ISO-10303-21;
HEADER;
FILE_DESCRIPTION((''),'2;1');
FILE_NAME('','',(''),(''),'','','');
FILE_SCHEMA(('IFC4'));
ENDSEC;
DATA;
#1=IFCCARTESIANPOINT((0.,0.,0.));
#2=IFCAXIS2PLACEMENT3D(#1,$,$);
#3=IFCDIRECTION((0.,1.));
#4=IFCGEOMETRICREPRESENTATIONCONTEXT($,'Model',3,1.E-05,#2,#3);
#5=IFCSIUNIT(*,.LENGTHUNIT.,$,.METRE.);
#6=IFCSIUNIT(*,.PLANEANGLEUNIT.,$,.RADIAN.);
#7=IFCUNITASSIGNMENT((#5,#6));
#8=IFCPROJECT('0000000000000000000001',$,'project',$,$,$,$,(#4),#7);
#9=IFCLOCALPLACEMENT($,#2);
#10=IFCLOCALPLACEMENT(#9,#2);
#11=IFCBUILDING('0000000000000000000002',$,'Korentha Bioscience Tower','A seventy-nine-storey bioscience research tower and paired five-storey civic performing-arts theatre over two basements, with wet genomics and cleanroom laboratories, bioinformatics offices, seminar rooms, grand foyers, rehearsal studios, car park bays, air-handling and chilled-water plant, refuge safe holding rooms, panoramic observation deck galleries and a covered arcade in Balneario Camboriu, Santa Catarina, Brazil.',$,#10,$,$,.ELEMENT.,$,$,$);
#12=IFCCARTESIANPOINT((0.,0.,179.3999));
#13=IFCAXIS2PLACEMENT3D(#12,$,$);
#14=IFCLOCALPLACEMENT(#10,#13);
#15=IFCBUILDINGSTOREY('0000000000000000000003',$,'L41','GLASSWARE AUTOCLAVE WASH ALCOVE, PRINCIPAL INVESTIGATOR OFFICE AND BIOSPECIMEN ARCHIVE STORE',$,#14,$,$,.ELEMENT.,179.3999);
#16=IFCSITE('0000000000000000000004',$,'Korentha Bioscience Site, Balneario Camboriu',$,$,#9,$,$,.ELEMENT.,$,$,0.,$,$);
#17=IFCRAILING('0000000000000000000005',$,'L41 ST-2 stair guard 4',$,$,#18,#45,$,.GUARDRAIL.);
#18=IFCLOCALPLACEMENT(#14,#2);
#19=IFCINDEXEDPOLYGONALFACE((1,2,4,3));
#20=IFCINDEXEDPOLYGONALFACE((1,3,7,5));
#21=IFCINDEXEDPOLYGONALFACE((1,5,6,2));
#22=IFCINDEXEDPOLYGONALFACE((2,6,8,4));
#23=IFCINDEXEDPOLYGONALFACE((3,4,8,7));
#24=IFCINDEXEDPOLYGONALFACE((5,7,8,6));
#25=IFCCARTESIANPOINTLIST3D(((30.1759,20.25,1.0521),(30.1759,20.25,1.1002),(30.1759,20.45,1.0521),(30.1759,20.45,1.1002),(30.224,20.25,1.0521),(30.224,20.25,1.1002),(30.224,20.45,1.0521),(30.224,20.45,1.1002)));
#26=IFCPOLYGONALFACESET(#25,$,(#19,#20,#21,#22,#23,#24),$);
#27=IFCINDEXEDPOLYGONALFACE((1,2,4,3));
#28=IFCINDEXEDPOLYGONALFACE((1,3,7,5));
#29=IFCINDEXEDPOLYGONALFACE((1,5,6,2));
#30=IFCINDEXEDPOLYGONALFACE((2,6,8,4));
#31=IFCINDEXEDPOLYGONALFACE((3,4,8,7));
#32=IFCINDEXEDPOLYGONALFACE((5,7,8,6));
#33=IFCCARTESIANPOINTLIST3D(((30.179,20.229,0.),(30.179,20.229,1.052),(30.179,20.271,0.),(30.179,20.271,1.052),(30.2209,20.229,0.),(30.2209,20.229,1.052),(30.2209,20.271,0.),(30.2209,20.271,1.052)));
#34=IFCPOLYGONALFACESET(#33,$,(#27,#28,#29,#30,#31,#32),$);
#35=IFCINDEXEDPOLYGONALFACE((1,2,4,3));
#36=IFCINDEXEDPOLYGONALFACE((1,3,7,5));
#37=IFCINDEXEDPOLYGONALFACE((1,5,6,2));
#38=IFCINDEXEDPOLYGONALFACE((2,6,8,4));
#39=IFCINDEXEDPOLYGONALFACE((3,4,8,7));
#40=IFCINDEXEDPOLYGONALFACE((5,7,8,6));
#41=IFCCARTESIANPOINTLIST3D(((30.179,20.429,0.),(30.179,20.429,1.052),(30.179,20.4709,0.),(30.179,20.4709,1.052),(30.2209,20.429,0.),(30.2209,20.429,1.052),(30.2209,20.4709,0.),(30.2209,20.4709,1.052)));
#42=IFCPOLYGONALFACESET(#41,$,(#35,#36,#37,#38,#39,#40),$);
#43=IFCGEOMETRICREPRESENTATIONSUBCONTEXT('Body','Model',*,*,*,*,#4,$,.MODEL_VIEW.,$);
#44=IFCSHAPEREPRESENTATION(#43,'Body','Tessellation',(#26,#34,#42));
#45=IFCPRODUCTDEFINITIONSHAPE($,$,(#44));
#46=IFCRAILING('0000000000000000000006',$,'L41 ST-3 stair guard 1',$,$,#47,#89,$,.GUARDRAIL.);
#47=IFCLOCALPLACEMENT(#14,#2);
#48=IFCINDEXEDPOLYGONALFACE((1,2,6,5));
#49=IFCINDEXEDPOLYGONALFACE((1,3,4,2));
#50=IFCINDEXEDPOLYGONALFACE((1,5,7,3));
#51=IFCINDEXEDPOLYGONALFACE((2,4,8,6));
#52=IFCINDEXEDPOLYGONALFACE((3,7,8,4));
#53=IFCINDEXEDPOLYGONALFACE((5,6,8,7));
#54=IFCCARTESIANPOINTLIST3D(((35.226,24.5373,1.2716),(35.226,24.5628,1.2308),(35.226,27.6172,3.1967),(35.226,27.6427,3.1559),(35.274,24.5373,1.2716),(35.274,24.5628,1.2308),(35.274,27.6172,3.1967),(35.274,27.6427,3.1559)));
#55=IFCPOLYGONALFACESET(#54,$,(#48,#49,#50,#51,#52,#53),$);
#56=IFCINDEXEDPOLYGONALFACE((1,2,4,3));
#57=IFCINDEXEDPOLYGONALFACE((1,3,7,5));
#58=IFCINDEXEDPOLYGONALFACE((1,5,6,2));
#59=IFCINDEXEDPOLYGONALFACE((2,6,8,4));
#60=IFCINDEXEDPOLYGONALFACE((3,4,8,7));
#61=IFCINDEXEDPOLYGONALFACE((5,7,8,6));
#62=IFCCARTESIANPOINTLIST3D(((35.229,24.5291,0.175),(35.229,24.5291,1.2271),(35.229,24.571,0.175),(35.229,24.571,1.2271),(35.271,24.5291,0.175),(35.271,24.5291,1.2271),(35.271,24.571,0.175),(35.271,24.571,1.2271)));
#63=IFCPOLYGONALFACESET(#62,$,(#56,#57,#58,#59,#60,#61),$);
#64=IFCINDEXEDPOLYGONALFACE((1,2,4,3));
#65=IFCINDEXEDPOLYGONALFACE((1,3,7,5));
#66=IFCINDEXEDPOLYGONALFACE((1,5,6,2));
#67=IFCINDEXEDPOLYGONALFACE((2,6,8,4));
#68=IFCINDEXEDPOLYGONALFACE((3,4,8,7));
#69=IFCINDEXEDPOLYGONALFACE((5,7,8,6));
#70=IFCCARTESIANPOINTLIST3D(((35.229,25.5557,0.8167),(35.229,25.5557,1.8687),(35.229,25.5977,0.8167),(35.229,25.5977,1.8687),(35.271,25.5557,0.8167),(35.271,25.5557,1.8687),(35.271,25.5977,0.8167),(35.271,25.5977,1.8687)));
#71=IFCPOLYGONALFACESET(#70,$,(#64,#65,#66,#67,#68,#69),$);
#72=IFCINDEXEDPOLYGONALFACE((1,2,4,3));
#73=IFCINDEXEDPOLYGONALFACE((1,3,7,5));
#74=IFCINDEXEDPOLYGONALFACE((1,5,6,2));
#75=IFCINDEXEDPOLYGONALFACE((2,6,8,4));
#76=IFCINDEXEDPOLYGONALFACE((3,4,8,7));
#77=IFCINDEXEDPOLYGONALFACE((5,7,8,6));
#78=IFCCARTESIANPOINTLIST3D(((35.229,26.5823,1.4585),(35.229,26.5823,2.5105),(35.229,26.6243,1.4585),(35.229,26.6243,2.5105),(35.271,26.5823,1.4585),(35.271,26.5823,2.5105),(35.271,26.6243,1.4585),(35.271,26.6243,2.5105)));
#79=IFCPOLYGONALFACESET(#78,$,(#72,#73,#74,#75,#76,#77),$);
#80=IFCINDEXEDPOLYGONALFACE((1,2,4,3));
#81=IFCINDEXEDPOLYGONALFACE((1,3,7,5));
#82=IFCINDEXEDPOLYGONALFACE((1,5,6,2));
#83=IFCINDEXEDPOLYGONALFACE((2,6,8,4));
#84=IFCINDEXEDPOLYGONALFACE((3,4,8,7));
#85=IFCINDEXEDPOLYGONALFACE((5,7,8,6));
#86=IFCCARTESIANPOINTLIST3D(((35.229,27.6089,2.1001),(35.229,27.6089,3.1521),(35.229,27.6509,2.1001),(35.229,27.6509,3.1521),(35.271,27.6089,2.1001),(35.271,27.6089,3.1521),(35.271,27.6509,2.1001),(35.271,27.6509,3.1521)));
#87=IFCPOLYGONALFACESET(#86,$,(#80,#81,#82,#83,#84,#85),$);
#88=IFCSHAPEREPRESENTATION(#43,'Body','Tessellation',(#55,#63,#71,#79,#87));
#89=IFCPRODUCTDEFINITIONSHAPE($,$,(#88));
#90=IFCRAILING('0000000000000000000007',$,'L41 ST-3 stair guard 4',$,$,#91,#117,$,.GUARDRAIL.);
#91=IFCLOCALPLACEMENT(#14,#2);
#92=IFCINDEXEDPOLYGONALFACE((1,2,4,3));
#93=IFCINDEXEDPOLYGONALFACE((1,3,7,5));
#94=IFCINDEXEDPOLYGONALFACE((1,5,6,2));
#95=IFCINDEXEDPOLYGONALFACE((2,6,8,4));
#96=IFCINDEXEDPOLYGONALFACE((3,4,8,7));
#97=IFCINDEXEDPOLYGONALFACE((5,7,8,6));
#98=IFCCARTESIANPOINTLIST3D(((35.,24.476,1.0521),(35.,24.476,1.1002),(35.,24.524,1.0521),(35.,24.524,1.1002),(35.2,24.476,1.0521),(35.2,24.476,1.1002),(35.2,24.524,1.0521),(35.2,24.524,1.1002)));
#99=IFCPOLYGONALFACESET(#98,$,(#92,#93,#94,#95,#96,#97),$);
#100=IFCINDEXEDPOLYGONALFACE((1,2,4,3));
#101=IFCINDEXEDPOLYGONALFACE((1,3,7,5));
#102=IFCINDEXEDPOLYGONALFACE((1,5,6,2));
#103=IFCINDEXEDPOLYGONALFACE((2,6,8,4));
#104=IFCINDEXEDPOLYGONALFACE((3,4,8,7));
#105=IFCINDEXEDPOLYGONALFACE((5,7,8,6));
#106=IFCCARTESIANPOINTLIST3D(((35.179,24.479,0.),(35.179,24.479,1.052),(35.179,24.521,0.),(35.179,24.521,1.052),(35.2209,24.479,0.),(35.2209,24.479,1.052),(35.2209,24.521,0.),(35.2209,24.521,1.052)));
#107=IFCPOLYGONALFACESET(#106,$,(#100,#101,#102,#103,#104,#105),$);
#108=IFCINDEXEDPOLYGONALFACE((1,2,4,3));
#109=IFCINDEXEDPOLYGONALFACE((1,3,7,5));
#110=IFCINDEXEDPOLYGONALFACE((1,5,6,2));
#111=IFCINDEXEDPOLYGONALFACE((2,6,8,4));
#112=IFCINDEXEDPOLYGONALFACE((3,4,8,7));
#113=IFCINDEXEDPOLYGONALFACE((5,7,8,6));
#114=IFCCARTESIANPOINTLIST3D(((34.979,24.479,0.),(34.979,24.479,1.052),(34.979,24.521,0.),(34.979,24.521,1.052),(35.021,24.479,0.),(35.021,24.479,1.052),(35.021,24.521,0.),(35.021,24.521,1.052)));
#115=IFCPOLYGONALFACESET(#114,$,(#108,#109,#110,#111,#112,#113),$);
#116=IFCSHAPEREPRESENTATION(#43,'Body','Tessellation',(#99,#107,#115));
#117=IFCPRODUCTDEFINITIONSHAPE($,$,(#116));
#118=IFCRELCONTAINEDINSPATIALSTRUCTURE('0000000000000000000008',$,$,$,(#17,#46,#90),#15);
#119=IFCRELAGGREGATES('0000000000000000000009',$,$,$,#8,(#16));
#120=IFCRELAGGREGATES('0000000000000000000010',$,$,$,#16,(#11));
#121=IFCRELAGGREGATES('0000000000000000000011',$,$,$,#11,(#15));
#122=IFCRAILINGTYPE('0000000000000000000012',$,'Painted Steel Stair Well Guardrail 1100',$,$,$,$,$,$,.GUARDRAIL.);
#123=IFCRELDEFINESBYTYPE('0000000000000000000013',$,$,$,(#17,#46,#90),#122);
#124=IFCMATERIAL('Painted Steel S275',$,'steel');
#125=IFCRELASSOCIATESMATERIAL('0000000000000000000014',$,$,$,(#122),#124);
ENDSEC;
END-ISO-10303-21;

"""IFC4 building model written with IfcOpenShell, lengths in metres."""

from ifc_helpers import new_model, si_unit, direction, frame, origin, origin_2d, place, context, subcontext, project, spatial, rectangle, extrude, material, type_object, element, save


model = new_model("IFC4")

# Units and contexts
model_context = context("Model", 3, precision=1e-05, world=origin(), true_north=direction((0.0, 1.0)))
body_context = subcontext(model_context, "Body", "Model", "MODEL_VIEW")
ifc_project = project(units=[si_unit("LENGTHUNIT", "METRE"), si_unit("PLANEANGLEUNIT", "RADIAN")], contexts=[model_context])

# Site, building, storey
site_placement = place(None, origin())
site = spatial("IfcSite", under=ifc_project, at=site_placement, Name="Korentha Bioscience Site, Balneario Camboriu", CompositionType="ELEMENT", RefElevation=0.0)
building_placement = place(site_placement, origin())
building = spatial("IfcBuilding", under=site, at=building_placement, Name="Korentha Bioscience Tower", Description="A seventy-nine-storey bioscience research tower and paired five-storey civic performing-arts theatre over two basements, with wet genomics and cleanroom laboratories, bioinformatics offices, seminar rooms, grand foyers, rehearsal studios, car park bays, air-handling and chilled-water plant, refuge safe holding rooms, panoramic observation deck galleries and a covered arcade in Balneario Camboriu, Santa Catarina, Brazil.", CompositionType="ELEMENT")
storey_placement = place(building_placement, frame((0.0, 0.0, 179.3999)))
storey = spatial("IfcBuildingStorey", under=building, at=storey_placement, Name="L41", Description="GLASSWARE AUTOCLAVE WASH ALCOVE, PRINCIPAL INVESTIGATOR OFFICE AND BIOSPECIMEN ARCHIVE STORE", CompositionType="ELEMENT", Elevation=179.3999)

# Railings
ifc_material_1 = material(Name="Painted Steel S275", Category="steel")
railing_type_1 = type_object("IfcRailingType", Name="Painted Steel Stair Well Guardrail 1100", PredefinedType="GUARDRAIL", material=ifc_material_1)
railing_1_placement = place(storey_placement, frame((30.2, 20.25, 0.0)))
element("IfcRailing", 1, at=railing_1_placement, inside=storey, type_object=railing_type_1, Name="L41 ST-2 stair guard 4", PredefinedType="GUARDRAIL", context=body_context, shape_type="SweptSolid", body=[
    extrude(rectangle(XDim=0.0481, YDim=0.0481, at=origin_2d()), frame((0.0, 0.0, 1.0762), z_axis=(0.0, 1.0, 0.0), x_axis=(-1.0, 0.0, 0.0)), (0.0, 0.0, 1.0), 0.2),
    extrude(rectangle(XDim=0.042, YDim=0.042, at=origin_2d()), origin(), (0.0, 0.0, 1.0), 1.052),
    extrude(rectangle(XDim=0.042, YDim=0.042, at=origin_2d()), frame((0.0, 0.2, 0.0)), (0.0, 0.0, 1.0), 1.052),
])
railing_2_placement = place(storey_placement, frame((35.25, 24.55, 0.175)))
element("IfcRailing", 2, at=railing_2_placement, inside=storey, type_object=railing_type_1, Name="L41 ST-3 stair guard 1", PredefinedType="GUARDRAIL", context=body_context, shape_type="SweptSolid", body=[
    extrude(rectangle(XDim=0.0481, YDim=0.0481, at=origin_2d()), frame((0.0, 0.0, 1.0762), z_axis=(0.0, 0.847979, 0.530029), x_axis=(-1.0, 0.0, 0.0)), (0.0, 0.0, 1.0), 3.6321),
    extrude(rectangle(XDim=0.042, YDim=0.042, at=origin_2d()), origin(), (0.0, 0.0, 1.0), 1.052),
    extrude(rectangle(XDim=0.042, YDim=0.042, at=origin_2d()), frame((0.0, 1.0266, 0.6416)), (0.0, 0.0, 1.0), 1.052),
    extrude(rectangle(XDim=0.042, YDim=0.042, at=origin_2d()), frame((0.0, 2.0532, 1.2834)), (0.0, 0.0, 1.0), 1.052),
    extrude(rectangle(XDim=0.042, YDim=0.042, at=origin_2d()), frame((0.0, 3.0798, 1.925)), (0.0, 0.0, 1.0), 1.052),
])
railing_3_placement = place(storey_placement, frame((35.2, 24.5, 0.0)))
element("IfcRailing", 3, at=railing_3_placement, inside=storey, type_object=railing_type_1, Name="L41 ST-3 stair guard 4", PredefinedType="GUARDRAIL", context=body_context, shape_type="SweptSolid", body=[
    extrude(rectangle(XDim=0.0481, YDim=0.0481, at=origin_2d()), frame((0.0, 0.0, 1.0762), z_axis=(-1.0, 0.0, 0.0), x_axis=(0.0, -1.0, 0.0)), (0.0, 0.0, 1.0), 0.2),
    extrude(rectangle(XDim=0.042, YDim=0.042, at=origin_2d()), origin(), (0.0, 0.0, 1.0), 1.052),
    extrude(rectangle(XDim=0.042, YDim=0.042, at=origin_2d()), frame((-0.2, 0.0, 0.0)), (0.0, 0.0, 1.0), 1.052),
])

save(model, "model.ifc")
